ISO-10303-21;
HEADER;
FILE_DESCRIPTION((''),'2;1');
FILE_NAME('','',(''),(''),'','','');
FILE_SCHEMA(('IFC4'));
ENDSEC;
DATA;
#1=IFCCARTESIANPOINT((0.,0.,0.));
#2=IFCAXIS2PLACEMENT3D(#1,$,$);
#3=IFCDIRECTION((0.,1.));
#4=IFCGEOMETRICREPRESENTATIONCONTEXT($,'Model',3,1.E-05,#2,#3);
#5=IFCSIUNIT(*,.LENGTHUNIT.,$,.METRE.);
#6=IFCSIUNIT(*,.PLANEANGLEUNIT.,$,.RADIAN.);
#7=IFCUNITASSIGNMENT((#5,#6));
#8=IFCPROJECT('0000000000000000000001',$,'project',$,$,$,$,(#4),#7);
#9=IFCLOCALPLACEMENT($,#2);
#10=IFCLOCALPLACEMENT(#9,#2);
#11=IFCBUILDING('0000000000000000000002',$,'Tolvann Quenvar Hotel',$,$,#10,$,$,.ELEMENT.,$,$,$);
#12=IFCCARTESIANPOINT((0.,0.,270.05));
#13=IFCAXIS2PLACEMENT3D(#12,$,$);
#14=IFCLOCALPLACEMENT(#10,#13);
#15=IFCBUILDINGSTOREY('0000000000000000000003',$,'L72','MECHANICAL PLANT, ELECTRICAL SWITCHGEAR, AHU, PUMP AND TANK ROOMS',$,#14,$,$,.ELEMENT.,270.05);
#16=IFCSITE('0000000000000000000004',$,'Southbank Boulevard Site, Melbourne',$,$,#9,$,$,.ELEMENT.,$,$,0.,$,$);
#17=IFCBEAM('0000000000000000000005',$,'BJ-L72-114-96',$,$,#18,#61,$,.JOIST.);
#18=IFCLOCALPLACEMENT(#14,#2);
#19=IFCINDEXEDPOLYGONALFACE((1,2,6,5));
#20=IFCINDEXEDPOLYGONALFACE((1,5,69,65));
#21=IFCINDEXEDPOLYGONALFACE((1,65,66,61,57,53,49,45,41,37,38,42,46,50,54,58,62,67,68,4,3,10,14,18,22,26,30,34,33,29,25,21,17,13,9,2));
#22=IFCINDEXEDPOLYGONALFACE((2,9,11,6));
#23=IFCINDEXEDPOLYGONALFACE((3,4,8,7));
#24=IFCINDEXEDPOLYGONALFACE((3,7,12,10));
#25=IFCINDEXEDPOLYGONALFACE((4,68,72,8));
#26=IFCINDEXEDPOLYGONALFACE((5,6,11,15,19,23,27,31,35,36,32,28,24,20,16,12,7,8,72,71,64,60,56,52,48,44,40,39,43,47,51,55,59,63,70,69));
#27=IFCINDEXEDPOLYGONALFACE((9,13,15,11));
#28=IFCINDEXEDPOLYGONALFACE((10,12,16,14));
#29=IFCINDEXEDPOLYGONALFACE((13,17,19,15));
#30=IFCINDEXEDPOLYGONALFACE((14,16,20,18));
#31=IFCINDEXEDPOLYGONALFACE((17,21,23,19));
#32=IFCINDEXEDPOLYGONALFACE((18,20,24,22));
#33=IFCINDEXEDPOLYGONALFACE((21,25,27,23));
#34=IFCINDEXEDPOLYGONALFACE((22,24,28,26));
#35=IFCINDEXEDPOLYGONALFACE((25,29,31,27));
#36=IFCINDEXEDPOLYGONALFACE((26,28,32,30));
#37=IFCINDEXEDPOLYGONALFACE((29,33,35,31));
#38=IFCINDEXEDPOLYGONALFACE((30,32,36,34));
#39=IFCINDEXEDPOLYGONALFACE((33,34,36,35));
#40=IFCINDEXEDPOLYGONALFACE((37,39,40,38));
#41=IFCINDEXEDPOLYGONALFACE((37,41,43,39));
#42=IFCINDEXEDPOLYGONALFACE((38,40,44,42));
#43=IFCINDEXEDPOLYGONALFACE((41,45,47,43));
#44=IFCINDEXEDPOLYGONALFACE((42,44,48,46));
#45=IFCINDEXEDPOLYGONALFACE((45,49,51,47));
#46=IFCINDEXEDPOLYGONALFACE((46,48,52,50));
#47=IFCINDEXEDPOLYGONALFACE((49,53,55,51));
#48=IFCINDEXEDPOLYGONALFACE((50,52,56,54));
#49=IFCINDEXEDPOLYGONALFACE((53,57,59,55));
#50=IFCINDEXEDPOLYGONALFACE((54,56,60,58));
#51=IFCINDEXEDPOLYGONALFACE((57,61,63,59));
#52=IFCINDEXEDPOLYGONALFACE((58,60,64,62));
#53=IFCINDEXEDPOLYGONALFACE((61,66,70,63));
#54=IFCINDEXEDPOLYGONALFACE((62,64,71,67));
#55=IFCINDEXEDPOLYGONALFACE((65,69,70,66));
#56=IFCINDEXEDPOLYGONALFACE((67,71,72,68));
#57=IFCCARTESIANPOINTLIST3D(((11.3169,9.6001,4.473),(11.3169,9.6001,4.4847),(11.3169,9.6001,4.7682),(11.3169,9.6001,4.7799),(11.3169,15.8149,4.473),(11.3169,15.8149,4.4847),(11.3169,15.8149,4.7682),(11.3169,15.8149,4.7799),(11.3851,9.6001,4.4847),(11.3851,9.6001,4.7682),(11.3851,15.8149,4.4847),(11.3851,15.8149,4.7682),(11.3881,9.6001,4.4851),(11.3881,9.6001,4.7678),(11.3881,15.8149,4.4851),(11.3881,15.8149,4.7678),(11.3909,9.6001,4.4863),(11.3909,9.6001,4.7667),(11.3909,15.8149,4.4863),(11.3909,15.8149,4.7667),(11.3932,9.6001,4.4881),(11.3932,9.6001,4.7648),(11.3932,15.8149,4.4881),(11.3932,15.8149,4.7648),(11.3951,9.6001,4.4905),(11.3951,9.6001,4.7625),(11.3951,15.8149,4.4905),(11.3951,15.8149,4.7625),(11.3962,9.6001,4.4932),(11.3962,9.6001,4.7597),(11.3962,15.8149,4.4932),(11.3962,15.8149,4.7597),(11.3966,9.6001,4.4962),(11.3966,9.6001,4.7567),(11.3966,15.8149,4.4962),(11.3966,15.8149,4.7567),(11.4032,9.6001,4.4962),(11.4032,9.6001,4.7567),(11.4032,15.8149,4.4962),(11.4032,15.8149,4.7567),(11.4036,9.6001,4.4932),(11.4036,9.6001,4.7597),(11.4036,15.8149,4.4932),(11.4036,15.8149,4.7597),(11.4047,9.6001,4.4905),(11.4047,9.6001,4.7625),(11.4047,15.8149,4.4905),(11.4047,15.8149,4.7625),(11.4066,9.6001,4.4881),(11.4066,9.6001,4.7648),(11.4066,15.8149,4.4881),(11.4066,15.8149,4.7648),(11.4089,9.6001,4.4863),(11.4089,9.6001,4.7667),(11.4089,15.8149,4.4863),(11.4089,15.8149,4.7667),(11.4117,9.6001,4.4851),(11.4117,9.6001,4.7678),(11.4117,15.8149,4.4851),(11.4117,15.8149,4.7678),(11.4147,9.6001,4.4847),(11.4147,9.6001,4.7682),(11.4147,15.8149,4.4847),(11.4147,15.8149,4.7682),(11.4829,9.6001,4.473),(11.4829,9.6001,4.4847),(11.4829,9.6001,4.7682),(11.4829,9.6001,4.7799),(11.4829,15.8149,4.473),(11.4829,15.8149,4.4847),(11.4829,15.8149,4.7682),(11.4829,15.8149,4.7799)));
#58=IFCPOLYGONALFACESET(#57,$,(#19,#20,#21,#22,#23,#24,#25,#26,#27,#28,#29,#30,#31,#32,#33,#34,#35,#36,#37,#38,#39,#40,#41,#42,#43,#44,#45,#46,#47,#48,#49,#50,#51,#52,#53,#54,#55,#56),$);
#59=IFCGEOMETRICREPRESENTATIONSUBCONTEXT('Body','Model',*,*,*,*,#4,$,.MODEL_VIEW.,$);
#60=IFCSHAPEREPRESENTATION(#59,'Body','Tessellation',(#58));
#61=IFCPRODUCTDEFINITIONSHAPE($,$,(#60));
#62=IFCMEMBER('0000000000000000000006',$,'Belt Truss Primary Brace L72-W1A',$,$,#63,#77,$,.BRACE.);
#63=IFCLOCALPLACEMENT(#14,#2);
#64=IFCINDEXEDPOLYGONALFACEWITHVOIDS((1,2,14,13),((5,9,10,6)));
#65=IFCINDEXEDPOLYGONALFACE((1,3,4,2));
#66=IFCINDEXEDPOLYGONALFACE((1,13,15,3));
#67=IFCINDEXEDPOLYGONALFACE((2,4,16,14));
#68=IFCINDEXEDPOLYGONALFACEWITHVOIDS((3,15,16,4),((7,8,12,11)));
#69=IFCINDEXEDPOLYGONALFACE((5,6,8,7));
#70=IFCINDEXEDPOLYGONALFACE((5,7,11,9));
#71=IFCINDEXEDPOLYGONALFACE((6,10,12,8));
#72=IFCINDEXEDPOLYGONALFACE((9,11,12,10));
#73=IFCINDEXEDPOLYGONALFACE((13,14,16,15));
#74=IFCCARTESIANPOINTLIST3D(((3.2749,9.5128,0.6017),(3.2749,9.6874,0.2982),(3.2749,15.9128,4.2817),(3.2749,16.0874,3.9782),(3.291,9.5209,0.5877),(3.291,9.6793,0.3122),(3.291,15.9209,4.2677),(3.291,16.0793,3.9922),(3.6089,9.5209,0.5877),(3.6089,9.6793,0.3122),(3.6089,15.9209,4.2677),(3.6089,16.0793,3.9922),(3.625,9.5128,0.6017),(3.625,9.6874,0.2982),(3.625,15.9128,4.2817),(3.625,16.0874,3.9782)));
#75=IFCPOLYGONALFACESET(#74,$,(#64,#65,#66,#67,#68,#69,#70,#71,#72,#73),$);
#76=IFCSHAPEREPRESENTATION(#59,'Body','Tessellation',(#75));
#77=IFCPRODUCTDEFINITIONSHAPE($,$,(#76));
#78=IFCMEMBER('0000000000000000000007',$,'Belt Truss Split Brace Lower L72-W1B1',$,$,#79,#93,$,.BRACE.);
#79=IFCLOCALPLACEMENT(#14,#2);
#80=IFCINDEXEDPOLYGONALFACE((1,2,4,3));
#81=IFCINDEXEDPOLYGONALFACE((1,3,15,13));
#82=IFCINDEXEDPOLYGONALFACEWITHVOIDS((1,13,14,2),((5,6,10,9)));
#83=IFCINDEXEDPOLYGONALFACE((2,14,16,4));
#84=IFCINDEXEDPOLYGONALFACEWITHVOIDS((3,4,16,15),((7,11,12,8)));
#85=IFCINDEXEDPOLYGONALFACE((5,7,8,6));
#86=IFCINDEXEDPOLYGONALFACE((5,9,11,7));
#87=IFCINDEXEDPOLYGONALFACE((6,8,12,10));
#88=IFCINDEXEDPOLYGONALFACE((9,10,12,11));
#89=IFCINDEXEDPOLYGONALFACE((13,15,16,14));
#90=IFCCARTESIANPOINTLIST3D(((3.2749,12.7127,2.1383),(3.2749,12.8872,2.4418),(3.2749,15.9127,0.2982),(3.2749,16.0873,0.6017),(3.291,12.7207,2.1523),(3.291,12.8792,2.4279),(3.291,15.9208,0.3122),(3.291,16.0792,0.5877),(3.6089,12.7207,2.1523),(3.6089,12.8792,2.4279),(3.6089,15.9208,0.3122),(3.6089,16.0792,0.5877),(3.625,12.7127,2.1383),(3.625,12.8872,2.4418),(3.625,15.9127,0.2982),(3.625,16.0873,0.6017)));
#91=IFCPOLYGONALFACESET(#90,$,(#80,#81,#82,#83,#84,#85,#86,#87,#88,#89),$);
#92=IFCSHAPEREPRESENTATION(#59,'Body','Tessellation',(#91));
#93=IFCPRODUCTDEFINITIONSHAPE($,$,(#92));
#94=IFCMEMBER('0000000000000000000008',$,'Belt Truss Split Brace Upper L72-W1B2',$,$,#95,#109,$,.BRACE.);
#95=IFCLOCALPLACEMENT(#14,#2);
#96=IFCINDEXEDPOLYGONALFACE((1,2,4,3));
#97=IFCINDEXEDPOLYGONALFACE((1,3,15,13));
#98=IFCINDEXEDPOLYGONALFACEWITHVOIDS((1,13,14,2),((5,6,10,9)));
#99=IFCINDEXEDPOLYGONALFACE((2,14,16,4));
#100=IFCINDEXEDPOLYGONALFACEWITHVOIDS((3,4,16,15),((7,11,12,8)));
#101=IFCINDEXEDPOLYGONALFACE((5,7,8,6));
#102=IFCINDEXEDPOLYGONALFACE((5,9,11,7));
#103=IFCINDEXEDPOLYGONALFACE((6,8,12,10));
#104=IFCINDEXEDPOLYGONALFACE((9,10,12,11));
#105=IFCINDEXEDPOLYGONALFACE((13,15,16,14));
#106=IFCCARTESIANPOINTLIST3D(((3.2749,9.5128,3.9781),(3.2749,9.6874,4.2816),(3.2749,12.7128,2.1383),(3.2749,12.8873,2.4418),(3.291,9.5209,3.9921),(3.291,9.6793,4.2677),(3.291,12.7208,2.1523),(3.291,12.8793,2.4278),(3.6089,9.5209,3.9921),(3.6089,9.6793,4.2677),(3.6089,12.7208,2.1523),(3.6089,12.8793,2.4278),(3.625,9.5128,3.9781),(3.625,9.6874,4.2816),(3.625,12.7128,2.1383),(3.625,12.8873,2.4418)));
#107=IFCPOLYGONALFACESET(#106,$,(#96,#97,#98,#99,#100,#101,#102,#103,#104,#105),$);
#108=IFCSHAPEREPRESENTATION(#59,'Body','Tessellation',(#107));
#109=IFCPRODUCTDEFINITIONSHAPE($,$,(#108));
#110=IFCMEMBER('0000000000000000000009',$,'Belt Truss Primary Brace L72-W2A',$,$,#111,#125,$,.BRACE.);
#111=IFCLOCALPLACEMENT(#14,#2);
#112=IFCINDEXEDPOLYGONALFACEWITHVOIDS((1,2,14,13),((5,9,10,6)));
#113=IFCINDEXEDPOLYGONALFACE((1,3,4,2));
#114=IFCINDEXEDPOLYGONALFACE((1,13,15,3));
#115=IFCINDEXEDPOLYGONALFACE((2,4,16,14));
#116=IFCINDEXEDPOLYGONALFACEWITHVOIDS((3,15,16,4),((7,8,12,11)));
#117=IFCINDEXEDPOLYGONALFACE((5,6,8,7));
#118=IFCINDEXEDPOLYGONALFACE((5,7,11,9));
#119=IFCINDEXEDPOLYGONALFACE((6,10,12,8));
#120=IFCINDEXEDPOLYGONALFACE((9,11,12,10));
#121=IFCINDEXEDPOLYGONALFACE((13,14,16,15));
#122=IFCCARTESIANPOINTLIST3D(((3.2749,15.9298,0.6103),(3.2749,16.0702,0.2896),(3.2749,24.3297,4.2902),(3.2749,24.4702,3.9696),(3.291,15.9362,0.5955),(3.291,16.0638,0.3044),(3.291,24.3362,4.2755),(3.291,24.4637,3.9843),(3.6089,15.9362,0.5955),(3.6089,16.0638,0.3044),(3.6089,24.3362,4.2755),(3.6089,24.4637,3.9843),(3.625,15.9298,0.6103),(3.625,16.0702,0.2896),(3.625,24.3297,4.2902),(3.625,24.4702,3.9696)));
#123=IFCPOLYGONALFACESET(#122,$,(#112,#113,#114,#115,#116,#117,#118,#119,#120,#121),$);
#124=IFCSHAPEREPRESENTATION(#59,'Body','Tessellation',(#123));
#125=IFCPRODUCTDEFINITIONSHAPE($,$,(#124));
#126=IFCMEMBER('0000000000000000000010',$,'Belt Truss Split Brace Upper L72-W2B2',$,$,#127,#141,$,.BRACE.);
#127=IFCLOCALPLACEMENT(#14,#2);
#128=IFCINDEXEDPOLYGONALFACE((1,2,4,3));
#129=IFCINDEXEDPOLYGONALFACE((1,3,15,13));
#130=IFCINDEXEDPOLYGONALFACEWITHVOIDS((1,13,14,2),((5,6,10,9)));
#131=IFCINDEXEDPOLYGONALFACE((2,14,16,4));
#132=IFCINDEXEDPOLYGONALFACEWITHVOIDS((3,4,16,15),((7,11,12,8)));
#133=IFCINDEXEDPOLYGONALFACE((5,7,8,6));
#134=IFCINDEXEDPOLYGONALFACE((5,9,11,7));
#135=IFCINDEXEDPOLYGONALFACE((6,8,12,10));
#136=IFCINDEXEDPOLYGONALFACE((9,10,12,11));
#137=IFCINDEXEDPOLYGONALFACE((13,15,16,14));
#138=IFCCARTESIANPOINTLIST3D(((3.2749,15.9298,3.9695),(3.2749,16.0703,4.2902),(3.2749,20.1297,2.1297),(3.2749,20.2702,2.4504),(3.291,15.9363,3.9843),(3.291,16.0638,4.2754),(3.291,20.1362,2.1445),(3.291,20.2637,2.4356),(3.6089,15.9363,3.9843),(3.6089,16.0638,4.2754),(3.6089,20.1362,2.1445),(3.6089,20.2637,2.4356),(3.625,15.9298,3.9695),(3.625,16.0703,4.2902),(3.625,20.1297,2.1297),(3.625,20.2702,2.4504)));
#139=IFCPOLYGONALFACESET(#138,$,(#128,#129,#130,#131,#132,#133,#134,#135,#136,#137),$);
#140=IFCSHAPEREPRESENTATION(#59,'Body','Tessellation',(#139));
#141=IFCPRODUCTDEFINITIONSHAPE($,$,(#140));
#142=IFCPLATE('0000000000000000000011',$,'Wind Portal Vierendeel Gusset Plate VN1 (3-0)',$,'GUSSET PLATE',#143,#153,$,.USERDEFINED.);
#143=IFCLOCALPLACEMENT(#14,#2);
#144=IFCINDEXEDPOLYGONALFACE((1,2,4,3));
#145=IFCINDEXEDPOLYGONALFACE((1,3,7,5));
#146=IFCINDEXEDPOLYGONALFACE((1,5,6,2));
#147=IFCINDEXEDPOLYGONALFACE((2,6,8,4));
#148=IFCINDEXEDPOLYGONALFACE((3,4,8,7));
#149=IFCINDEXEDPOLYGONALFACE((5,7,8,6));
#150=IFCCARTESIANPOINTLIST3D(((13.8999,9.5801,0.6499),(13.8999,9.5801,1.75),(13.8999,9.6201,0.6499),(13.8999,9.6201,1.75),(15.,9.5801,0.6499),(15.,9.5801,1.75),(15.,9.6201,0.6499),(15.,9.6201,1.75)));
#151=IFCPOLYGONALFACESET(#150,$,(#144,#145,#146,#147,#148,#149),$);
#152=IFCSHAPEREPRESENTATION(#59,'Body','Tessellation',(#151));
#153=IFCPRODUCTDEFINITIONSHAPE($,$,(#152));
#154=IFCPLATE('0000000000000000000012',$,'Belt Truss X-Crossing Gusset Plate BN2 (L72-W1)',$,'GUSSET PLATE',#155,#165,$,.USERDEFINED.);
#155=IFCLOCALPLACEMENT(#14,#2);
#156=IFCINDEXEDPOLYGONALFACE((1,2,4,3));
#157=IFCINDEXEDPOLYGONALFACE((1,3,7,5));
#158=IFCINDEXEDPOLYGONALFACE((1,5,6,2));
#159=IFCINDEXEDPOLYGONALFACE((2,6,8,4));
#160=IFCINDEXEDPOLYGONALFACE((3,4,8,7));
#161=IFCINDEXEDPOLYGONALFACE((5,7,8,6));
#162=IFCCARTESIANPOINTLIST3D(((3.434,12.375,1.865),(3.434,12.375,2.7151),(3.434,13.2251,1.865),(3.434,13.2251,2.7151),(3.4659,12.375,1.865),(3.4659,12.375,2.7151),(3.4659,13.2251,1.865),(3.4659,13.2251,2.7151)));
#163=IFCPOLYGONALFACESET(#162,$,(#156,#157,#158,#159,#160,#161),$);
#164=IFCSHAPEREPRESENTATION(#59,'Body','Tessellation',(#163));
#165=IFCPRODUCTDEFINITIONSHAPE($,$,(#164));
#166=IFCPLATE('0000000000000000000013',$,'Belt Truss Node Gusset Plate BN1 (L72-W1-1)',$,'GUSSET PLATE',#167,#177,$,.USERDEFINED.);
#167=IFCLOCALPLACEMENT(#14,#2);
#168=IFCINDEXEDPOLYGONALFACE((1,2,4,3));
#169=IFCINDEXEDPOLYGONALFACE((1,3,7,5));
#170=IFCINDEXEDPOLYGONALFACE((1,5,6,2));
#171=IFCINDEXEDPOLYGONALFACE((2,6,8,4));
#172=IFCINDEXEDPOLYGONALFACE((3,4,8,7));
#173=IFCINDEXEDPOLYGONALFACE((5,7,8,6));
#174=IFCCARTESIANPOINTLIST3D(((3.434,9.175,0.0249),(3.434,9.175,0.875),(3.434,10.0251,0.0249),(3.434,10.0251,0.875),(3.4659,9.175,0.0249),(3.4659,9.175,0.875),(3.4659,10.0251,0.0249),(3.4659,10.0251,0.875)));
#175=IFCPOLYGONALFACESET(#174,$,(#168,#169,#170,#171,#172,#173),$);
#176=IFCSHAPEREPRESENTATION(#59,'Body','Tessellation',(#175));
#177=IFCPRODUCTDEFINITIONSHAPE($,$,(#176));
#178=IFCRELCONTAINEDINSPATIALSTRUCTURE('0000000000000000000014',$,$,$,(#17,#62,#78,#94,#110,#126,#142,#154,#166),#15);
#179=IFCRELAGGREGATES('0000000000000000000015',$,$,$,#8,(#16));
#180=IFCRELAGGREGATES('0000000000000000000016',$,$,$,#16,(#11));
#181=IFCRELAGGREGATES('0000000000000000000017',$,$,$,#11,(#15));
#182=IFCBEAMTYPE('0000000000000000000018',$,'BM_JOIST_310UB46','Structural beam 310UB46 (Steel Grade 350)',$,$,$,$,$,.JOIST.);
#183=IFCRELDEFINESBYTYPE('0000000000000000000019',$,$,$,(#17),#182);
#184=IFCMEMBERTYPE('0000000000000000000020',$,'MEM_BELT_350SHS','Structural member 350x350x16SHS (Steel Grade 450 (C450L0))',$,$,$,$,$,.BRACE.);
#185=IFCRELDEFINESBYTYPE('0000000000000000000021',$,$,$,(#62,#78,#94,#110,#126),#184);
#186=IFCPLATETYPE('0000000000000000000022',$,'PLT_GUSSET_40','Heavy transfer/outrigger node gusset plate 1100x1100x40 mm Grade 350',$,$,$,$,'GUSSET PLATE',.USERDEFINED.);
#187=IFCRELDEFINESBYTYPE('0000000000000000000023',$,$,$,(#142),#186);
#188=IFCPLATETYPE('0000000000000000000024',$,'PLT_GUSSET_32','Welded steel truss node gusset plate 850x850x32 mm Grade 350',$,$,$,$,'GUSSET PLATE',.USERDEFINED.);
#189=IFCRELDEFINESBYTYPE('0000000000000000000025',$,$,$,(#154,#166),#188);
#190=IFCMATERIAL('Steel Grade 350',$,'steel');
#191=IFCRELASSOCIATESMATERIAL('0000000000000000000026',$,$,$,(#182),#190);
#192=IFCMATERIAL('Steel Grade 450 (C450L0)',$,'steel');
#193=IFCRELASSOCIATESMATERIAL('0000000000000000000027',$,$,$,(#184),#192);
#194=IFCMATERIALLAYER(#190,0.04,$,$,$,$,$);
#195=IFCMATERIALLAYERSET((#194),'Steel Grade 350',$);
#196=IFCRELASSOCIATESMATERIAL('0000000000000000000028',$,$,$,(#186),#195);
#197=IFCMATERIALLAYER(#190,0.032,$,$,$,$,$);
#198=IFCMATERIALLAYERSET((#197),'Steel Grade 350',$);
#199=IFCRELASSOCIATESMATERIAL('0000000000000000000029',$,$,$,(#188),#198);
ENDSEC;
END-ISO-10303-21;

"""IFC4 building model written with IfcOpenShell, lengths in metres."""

from ifc_helpers import new_model, si_unit, direction, frame, origin, origin_2d, place, context, subcontext, project, spatial, rectangle, hollow_rectangle, i_section, extrude, source, transform, mapped, material, layer, layer_set, material_profile, profile_set, type_object, type_shapes, element, save


model = new_model("IFC4")

# Units and contexts
model_context = context("Model", 3, precision=1e-05, world=origin(), true_north=direction((0.0, 1.0)))
body_context = subcontext(model_context, "Body", "Model", "MODEL_VIEW")
ifc_project = project(units=[si_unit("LENGTHUNIT", "METRE"), si_unit("PLANEANGLEUNIT", "RADIAN")], contexts=[model_context])

# Site, building, storey
site_placement = place(None, origin())
site = spatial("IfcSite", under=ifc_project, at=site_placement, Name="Southbank Boulevard Site, Melbourne", CompositionType="ELEMENT", RefElevation=0.0)
building_placement = place(site_placement, origin())
building = spatial("IfcBuilding", under=site, at=building_placement, Name="Tolvann Quenvar Hotel", CompositionType="ELEMENT")
storey_placement = place(building_placement, frame((0.0, 0.0, 270.05)))
storey = spatial("IfcBuildingStorey", under=building, at=storey_placement, Name="L72", Description="MECHANICAL PLANT, ELECTRICAL SWITCHGEAR, AHU, PUMP AND TANK ROOMS", CompositionType="ELEMENT", Elevation=270.05)

# Shared definitions
ifc_material_1 = material(Name="Steel Grade 350", Category="steel")

# Shared definitions
ifc_material_profile_1 = material_profile(ifc_material_1, i_section(OverallWidth=0.166, OverallDepth=0.3069, WebThickness=0.0066, FlangeThickness=0.0117, FilletRadius=0.0115, at=origin_2d()), Name="310UB46")
ifc_profile_set_1 = profile_set([ifc_material_profile_1], Name="Steel Grade 350")
beam_type_1 = type_object("IfcBeamType", Name="BM_JOIST_310UB46", Description="Structural beam 310UB46 (Steel Grade 350)", PredefinedType="JOIST", material=ifc_profile_set_1)

# Shared definitions
ifc_material_2 = material(Name="Steel Grade 450 (C450L0)", Category="steel")

# Beam
shared_shape_1 = source(origin(), body_context, "Body", "SweptSolid", [
    extrude(i_section(OverallWidth=0.166, OverallDepth=0.3069, WebThickness=0.0066, FlangeThickness=0.0117, FilletRadius=0.0115, at=origin_2d()), origin(), (0.0, 0.0, 1.0), 6.2148),
])
beam_1_placement = place(storey_placement, frame((11.3999, 9.6001, 4.6265), z_axis=(0.0, 1.0, 0.0), x_axis=(-1.0, 0.0, 0.0)))
element("IfcBeam", 1, at=beam_1_placement, inside=storey, type_object=beam_type_1, Name="BJ-L72-114-96", PredefinedType="JOIST", context=body_context, shape_type="MappedRepresentation", body=[
    mapped(shared_shape_1, transform((0.0, 0.0, 0.0), x_axis=(1.0, 0.0, 0.0), y_axis=(0.0, 1.0, 0.0), z_axis=(0.0, 0.0, 1.0), scale=1.0)),
])

# Members
ifc_material_profile_2 = material_profile(ifc_material_2, hollow_rectangle(XDim=0.3501, YDim=0.3501, WallThickness=0.0161, at=origin_2d()), Name="350x350x16SHS")
ifc_profile_set_2 = profile_set([ifc_material_profile_2], Name="Steel Grade 450 (C450L0)")
member_type_1 = type_object("IfcMemberType", Name="MEM_BELT_350SHS", Description="Structural member 350x350x16SHS (Steel Grade 450 (C450L0))", PredefinedType="BRACE", material=ifc_profile_set_2)
shared_shape_2 = source(origin(), body_context, "Body", "SweptSolid", [
    extrude(hollow_rectangle(XDim=0.3501, YDim=0.3501, WallThickness=0.0161, at=origin_2d()), origin(), (0.0, 0.0, 1.0), 7.3826),
])
member_1_placement = place(storey_placement, frame((3.45, 9.6001, 0.45), z_axis=(0.0, 0.866907, 0.49847), x_axis=(-1.0, 0.0, 0.0)))
element("IfcMember", 2, at=member_1_placement, inside=storey, type_object=member_type_1, Name="Belt Truss Primary Brace L72-W1A", PredefinedType="BRACE", context=body_context, shape_type="MappedRepresentation", body=[
    mapped(shared_shape_2, transform((0.0, 0.0, 0.0), x_axis=(1.0, 0.0, 0.0), y_axis=(0.0, 1.0, 0.0), z_axis=(0.0, 0.0, 1.0), scale=1.0)),
])
shared_shape_3 = source(origin(), body_context, "Body", "SweptSolid", [
    extrude(hollow_rectangle(XDim=0.3501, YDim=0.3501, WallThickness=0.0161, at=origin_2d()), origin(), (0.0, 0.0, 1.0), 3.6914),
])
member_2_placement = place(storey_placement, frame((3.45, 16.0, 0.45), z_axis=(0.0, -0.866893, 0.498495), x_axis=(1.0, 0.0, 0.0)))
element("IfcMember", 3, at=member_2_placement, inside=storey, type_object=member_type_1, Name="Belt Truss Split Brace Lower L72-W1B1", PredefinedType="BRACE", context=body_context, shape_type="MappedRepresentation", body=[
    mapped(shared_shape_3, transform((0.0, 0.0, 0.0), x_axis=(1.0, 0.0, 0.0), y_axis=(0.0, 1.0, 0.0), z_axis=(0.0, 0.0, 1.0), scale=1.0)),
])
shared_shape_4 = source(origin(), body_context, "Body", "SweptSolid", [
    extrude(hollow_rectangle(XDim=0.3501, YDim=0.3501, WallThickness=0.0161, at=origin_2d()), origin(), (0.0, 0.0, 1.0), 3.6912),
])
member_3_placement = place(storey_placement, frame((3.45, 12.8, 2.29), z_axis=(0.0, -0.866921, 0.498445), x_axis=(1.0, 0.0, 0.0)))
element("IfcMember", 4, at=member_3_placement, inside=storey, type_object=member_type_1, Name="Belt Truss Split Brace Upper L72-W1B2", PredefinedType="BRACE", context=body_context, shape_type="MappedRepresentation", body=[
    mapped(shared_shape_4, transform((0.0, 0.0, 0.0), x_axis=(1.0, 0.0, 0.0), y_axis=(0.0, 1.0, 0.0), z_axis=(0.0, 0.0, 1.0), scale=1.0)),
])
shared_shape_5 = source(origin(), body_context, "Body", "SweptSolid", [
    extrude(hollow_rectangle(XDim=0.3501, YDim=0.3501, WallThickness=0.0161, at=origin_2d()), origin(), (0.0, 0.0, 1.0), 9.1707),
])
member_4_placement = place(storey_placement, frame((3.45, 16.0, 0.45), z_axis=(0.0, 0.915958, 0.401274), x_axis=(-1.0, 0.0, 0.0)))
element("IfcMember", 5, at=member_4_placement, inside=storey, type_object=member_type_1, Name="Belt Truss Primary Brace L72-W2A", PredefinedType="BRACE", context=body_context, shape_type="MappedRepresentation", body=[
    mapped(shared_shape_5, transform((0.0, 0.0, 0.0), x_axis=(1.0, 0.0, 0.0), y_axis=(0.0, 1.0, 0.0), z_axis=(0.0, 0.0, 1.0), scale=1.0)),
])
shared_shape_6 = source(origin(), body_context, "Body", "SweptSolid", [
    extrude(hollow_rectangle(XDim=0.3501, YDim=0.3501, WallThickness=0.0161, at=origin_2d()), origin(), (0.0, 0.0, 1.0), 4.5852),
])
type_shapes(member_type_1, [shared_shape_2, shared_shape_3, shared_shape_4, shared_shape_5, shared_shape_6])
member_5_placement = place(storey_placement, frame((3.45, 20.2, 2.29), z_axis=(0.0, -0.915968, 0.401252), x_axis=(1.0, 0.0, 0.0)))
element("IfcMember", 6, at=member_5_placement, inside=storey, type_object=member_type_1, Name="Belt Truss Split Brace Upper L72-W2B2", PredefinedType="BRACE", context=body_context, shape_type="MappedRepresentation", body=[
    mapped(shared_shape_6, transform((0.0, 0.0, 0.0), x_axis=(1.0, 0.0, 0.0), y_axis=(0.0, 1.0, 0.0), z_axis=(0.0, 0.0, 1.0), scale=1.0)),
])

# Plates
ifc_layer_1 = layer(ifc_material_1, 0.04)
ifc_layer_set_1 = layer_set([ifc_layer_1], Name="Steel Grade 350")
plate_type_1 = type_object("IfcPlateType", Name="PLT_GUSSET_40", Description="Heavy transfer/outrigger node gusset plate 1100x1100x40 mm Grade 350", ElementType="GUSSET PLATE", PredefinedType="USERDEFINED", material=ifc_layer_set_1)
shared_shape_7 = source(origin(), body_context, "Body", "SweptSolid", [
    extrude(rectangle(XDim=1.1001, YDim=0.04, at=origin_2d()), origin(), (0.0, 0.0, 1.0), 1.1001),
])
type_shapes(plate_type_1, [shared_shape_7])
plate_placement = place(storey_placement, frame((14.45, 9.6001, 0.6499), z_axis=(0.0, 0.0, 1.0), x_axis=(1.0, 0.0, 0.0)))
element("IfcPlate", 7, at=plate_placement, inside=storey, type_object=plate_type_1, Name="Wind Portal Vierendeel Gusset Plate VN1 (3-0)", ObjectType="GUSSET PLATE", PredefinedType="USERDEFINED", context=body_context, shape_type="MappedRepresentation", body=[
    mapped(shared_shape_7, transform((0.0, 0.0, 0.0), x_axis=(1.0, 0.0, 0.0), y_axis=(0.0, 1.0, 0.0), z_axis=(0.0, 0.0, 1.0), scale=1.0)),
])
ifc_layer_2 = layer(ifc_material_1, 0.032)
ifc_layer_set_2 = layer_set([ifc_layer_2], Name="Steel Grade 350")
plate_type_2 = type_object("IfcPlateType", Name="PLT_GUSSET_32", Description="Welded steel truss node gusset plate 850x850x32 mm Grade 350", ElementType="GUSSET PLATE", PredefinedType="USERDEFINED", material=ifc_layer_set_2)
shared_shape_8 = source(origin(), body_context, "Body", "SweptSolid", [
    extrude(rectangle(XDim=0.032, YDim=0.8501, at=origin_2d()), origin(), (0.0, 0.0, 1.0), 0.8501),
])
type_shapes(plate_type_2, [shared_shape_8])
for number, where, z_axis, x_axis, name in (
    (8, (3.45, 12.8, 1.865), (0.0, 0.0, 1.0), (1.0, 0.0, 0.0), "Belt Truss X-Crossing Gusset Plate BN2 (L72-W1)"),
    (9, (3.45, 9.6001, 0.0249), (0.0, 0.0, 1.0), (1.0, 0.0, 0.0), "Belt Truss Node Gusset Plate BN1 (L72-W1-1)"),
):
    element("IfcPlate", number, at=place(storey_placement, frame(where, z_axis=z_axis, x_axis=x_axis)), inside=storey, type_object=plate_type_2, Name=name, ObjectType="GUSSET PLATE", PredefinedType="USERDEFINED", context=body_context, shape_type="MappedRepresentation", body=[
        mapped(shared_shape_8, transform((0.0, 0.0, 0.0), x_axis=(1.0, 0.0, 0.0), y_axis=(0.0, 1.0, 0.0), z_axis=(0.0, 0.0, 1.0), scale=1.0)),
    ])

save(model, "model.ifc")
